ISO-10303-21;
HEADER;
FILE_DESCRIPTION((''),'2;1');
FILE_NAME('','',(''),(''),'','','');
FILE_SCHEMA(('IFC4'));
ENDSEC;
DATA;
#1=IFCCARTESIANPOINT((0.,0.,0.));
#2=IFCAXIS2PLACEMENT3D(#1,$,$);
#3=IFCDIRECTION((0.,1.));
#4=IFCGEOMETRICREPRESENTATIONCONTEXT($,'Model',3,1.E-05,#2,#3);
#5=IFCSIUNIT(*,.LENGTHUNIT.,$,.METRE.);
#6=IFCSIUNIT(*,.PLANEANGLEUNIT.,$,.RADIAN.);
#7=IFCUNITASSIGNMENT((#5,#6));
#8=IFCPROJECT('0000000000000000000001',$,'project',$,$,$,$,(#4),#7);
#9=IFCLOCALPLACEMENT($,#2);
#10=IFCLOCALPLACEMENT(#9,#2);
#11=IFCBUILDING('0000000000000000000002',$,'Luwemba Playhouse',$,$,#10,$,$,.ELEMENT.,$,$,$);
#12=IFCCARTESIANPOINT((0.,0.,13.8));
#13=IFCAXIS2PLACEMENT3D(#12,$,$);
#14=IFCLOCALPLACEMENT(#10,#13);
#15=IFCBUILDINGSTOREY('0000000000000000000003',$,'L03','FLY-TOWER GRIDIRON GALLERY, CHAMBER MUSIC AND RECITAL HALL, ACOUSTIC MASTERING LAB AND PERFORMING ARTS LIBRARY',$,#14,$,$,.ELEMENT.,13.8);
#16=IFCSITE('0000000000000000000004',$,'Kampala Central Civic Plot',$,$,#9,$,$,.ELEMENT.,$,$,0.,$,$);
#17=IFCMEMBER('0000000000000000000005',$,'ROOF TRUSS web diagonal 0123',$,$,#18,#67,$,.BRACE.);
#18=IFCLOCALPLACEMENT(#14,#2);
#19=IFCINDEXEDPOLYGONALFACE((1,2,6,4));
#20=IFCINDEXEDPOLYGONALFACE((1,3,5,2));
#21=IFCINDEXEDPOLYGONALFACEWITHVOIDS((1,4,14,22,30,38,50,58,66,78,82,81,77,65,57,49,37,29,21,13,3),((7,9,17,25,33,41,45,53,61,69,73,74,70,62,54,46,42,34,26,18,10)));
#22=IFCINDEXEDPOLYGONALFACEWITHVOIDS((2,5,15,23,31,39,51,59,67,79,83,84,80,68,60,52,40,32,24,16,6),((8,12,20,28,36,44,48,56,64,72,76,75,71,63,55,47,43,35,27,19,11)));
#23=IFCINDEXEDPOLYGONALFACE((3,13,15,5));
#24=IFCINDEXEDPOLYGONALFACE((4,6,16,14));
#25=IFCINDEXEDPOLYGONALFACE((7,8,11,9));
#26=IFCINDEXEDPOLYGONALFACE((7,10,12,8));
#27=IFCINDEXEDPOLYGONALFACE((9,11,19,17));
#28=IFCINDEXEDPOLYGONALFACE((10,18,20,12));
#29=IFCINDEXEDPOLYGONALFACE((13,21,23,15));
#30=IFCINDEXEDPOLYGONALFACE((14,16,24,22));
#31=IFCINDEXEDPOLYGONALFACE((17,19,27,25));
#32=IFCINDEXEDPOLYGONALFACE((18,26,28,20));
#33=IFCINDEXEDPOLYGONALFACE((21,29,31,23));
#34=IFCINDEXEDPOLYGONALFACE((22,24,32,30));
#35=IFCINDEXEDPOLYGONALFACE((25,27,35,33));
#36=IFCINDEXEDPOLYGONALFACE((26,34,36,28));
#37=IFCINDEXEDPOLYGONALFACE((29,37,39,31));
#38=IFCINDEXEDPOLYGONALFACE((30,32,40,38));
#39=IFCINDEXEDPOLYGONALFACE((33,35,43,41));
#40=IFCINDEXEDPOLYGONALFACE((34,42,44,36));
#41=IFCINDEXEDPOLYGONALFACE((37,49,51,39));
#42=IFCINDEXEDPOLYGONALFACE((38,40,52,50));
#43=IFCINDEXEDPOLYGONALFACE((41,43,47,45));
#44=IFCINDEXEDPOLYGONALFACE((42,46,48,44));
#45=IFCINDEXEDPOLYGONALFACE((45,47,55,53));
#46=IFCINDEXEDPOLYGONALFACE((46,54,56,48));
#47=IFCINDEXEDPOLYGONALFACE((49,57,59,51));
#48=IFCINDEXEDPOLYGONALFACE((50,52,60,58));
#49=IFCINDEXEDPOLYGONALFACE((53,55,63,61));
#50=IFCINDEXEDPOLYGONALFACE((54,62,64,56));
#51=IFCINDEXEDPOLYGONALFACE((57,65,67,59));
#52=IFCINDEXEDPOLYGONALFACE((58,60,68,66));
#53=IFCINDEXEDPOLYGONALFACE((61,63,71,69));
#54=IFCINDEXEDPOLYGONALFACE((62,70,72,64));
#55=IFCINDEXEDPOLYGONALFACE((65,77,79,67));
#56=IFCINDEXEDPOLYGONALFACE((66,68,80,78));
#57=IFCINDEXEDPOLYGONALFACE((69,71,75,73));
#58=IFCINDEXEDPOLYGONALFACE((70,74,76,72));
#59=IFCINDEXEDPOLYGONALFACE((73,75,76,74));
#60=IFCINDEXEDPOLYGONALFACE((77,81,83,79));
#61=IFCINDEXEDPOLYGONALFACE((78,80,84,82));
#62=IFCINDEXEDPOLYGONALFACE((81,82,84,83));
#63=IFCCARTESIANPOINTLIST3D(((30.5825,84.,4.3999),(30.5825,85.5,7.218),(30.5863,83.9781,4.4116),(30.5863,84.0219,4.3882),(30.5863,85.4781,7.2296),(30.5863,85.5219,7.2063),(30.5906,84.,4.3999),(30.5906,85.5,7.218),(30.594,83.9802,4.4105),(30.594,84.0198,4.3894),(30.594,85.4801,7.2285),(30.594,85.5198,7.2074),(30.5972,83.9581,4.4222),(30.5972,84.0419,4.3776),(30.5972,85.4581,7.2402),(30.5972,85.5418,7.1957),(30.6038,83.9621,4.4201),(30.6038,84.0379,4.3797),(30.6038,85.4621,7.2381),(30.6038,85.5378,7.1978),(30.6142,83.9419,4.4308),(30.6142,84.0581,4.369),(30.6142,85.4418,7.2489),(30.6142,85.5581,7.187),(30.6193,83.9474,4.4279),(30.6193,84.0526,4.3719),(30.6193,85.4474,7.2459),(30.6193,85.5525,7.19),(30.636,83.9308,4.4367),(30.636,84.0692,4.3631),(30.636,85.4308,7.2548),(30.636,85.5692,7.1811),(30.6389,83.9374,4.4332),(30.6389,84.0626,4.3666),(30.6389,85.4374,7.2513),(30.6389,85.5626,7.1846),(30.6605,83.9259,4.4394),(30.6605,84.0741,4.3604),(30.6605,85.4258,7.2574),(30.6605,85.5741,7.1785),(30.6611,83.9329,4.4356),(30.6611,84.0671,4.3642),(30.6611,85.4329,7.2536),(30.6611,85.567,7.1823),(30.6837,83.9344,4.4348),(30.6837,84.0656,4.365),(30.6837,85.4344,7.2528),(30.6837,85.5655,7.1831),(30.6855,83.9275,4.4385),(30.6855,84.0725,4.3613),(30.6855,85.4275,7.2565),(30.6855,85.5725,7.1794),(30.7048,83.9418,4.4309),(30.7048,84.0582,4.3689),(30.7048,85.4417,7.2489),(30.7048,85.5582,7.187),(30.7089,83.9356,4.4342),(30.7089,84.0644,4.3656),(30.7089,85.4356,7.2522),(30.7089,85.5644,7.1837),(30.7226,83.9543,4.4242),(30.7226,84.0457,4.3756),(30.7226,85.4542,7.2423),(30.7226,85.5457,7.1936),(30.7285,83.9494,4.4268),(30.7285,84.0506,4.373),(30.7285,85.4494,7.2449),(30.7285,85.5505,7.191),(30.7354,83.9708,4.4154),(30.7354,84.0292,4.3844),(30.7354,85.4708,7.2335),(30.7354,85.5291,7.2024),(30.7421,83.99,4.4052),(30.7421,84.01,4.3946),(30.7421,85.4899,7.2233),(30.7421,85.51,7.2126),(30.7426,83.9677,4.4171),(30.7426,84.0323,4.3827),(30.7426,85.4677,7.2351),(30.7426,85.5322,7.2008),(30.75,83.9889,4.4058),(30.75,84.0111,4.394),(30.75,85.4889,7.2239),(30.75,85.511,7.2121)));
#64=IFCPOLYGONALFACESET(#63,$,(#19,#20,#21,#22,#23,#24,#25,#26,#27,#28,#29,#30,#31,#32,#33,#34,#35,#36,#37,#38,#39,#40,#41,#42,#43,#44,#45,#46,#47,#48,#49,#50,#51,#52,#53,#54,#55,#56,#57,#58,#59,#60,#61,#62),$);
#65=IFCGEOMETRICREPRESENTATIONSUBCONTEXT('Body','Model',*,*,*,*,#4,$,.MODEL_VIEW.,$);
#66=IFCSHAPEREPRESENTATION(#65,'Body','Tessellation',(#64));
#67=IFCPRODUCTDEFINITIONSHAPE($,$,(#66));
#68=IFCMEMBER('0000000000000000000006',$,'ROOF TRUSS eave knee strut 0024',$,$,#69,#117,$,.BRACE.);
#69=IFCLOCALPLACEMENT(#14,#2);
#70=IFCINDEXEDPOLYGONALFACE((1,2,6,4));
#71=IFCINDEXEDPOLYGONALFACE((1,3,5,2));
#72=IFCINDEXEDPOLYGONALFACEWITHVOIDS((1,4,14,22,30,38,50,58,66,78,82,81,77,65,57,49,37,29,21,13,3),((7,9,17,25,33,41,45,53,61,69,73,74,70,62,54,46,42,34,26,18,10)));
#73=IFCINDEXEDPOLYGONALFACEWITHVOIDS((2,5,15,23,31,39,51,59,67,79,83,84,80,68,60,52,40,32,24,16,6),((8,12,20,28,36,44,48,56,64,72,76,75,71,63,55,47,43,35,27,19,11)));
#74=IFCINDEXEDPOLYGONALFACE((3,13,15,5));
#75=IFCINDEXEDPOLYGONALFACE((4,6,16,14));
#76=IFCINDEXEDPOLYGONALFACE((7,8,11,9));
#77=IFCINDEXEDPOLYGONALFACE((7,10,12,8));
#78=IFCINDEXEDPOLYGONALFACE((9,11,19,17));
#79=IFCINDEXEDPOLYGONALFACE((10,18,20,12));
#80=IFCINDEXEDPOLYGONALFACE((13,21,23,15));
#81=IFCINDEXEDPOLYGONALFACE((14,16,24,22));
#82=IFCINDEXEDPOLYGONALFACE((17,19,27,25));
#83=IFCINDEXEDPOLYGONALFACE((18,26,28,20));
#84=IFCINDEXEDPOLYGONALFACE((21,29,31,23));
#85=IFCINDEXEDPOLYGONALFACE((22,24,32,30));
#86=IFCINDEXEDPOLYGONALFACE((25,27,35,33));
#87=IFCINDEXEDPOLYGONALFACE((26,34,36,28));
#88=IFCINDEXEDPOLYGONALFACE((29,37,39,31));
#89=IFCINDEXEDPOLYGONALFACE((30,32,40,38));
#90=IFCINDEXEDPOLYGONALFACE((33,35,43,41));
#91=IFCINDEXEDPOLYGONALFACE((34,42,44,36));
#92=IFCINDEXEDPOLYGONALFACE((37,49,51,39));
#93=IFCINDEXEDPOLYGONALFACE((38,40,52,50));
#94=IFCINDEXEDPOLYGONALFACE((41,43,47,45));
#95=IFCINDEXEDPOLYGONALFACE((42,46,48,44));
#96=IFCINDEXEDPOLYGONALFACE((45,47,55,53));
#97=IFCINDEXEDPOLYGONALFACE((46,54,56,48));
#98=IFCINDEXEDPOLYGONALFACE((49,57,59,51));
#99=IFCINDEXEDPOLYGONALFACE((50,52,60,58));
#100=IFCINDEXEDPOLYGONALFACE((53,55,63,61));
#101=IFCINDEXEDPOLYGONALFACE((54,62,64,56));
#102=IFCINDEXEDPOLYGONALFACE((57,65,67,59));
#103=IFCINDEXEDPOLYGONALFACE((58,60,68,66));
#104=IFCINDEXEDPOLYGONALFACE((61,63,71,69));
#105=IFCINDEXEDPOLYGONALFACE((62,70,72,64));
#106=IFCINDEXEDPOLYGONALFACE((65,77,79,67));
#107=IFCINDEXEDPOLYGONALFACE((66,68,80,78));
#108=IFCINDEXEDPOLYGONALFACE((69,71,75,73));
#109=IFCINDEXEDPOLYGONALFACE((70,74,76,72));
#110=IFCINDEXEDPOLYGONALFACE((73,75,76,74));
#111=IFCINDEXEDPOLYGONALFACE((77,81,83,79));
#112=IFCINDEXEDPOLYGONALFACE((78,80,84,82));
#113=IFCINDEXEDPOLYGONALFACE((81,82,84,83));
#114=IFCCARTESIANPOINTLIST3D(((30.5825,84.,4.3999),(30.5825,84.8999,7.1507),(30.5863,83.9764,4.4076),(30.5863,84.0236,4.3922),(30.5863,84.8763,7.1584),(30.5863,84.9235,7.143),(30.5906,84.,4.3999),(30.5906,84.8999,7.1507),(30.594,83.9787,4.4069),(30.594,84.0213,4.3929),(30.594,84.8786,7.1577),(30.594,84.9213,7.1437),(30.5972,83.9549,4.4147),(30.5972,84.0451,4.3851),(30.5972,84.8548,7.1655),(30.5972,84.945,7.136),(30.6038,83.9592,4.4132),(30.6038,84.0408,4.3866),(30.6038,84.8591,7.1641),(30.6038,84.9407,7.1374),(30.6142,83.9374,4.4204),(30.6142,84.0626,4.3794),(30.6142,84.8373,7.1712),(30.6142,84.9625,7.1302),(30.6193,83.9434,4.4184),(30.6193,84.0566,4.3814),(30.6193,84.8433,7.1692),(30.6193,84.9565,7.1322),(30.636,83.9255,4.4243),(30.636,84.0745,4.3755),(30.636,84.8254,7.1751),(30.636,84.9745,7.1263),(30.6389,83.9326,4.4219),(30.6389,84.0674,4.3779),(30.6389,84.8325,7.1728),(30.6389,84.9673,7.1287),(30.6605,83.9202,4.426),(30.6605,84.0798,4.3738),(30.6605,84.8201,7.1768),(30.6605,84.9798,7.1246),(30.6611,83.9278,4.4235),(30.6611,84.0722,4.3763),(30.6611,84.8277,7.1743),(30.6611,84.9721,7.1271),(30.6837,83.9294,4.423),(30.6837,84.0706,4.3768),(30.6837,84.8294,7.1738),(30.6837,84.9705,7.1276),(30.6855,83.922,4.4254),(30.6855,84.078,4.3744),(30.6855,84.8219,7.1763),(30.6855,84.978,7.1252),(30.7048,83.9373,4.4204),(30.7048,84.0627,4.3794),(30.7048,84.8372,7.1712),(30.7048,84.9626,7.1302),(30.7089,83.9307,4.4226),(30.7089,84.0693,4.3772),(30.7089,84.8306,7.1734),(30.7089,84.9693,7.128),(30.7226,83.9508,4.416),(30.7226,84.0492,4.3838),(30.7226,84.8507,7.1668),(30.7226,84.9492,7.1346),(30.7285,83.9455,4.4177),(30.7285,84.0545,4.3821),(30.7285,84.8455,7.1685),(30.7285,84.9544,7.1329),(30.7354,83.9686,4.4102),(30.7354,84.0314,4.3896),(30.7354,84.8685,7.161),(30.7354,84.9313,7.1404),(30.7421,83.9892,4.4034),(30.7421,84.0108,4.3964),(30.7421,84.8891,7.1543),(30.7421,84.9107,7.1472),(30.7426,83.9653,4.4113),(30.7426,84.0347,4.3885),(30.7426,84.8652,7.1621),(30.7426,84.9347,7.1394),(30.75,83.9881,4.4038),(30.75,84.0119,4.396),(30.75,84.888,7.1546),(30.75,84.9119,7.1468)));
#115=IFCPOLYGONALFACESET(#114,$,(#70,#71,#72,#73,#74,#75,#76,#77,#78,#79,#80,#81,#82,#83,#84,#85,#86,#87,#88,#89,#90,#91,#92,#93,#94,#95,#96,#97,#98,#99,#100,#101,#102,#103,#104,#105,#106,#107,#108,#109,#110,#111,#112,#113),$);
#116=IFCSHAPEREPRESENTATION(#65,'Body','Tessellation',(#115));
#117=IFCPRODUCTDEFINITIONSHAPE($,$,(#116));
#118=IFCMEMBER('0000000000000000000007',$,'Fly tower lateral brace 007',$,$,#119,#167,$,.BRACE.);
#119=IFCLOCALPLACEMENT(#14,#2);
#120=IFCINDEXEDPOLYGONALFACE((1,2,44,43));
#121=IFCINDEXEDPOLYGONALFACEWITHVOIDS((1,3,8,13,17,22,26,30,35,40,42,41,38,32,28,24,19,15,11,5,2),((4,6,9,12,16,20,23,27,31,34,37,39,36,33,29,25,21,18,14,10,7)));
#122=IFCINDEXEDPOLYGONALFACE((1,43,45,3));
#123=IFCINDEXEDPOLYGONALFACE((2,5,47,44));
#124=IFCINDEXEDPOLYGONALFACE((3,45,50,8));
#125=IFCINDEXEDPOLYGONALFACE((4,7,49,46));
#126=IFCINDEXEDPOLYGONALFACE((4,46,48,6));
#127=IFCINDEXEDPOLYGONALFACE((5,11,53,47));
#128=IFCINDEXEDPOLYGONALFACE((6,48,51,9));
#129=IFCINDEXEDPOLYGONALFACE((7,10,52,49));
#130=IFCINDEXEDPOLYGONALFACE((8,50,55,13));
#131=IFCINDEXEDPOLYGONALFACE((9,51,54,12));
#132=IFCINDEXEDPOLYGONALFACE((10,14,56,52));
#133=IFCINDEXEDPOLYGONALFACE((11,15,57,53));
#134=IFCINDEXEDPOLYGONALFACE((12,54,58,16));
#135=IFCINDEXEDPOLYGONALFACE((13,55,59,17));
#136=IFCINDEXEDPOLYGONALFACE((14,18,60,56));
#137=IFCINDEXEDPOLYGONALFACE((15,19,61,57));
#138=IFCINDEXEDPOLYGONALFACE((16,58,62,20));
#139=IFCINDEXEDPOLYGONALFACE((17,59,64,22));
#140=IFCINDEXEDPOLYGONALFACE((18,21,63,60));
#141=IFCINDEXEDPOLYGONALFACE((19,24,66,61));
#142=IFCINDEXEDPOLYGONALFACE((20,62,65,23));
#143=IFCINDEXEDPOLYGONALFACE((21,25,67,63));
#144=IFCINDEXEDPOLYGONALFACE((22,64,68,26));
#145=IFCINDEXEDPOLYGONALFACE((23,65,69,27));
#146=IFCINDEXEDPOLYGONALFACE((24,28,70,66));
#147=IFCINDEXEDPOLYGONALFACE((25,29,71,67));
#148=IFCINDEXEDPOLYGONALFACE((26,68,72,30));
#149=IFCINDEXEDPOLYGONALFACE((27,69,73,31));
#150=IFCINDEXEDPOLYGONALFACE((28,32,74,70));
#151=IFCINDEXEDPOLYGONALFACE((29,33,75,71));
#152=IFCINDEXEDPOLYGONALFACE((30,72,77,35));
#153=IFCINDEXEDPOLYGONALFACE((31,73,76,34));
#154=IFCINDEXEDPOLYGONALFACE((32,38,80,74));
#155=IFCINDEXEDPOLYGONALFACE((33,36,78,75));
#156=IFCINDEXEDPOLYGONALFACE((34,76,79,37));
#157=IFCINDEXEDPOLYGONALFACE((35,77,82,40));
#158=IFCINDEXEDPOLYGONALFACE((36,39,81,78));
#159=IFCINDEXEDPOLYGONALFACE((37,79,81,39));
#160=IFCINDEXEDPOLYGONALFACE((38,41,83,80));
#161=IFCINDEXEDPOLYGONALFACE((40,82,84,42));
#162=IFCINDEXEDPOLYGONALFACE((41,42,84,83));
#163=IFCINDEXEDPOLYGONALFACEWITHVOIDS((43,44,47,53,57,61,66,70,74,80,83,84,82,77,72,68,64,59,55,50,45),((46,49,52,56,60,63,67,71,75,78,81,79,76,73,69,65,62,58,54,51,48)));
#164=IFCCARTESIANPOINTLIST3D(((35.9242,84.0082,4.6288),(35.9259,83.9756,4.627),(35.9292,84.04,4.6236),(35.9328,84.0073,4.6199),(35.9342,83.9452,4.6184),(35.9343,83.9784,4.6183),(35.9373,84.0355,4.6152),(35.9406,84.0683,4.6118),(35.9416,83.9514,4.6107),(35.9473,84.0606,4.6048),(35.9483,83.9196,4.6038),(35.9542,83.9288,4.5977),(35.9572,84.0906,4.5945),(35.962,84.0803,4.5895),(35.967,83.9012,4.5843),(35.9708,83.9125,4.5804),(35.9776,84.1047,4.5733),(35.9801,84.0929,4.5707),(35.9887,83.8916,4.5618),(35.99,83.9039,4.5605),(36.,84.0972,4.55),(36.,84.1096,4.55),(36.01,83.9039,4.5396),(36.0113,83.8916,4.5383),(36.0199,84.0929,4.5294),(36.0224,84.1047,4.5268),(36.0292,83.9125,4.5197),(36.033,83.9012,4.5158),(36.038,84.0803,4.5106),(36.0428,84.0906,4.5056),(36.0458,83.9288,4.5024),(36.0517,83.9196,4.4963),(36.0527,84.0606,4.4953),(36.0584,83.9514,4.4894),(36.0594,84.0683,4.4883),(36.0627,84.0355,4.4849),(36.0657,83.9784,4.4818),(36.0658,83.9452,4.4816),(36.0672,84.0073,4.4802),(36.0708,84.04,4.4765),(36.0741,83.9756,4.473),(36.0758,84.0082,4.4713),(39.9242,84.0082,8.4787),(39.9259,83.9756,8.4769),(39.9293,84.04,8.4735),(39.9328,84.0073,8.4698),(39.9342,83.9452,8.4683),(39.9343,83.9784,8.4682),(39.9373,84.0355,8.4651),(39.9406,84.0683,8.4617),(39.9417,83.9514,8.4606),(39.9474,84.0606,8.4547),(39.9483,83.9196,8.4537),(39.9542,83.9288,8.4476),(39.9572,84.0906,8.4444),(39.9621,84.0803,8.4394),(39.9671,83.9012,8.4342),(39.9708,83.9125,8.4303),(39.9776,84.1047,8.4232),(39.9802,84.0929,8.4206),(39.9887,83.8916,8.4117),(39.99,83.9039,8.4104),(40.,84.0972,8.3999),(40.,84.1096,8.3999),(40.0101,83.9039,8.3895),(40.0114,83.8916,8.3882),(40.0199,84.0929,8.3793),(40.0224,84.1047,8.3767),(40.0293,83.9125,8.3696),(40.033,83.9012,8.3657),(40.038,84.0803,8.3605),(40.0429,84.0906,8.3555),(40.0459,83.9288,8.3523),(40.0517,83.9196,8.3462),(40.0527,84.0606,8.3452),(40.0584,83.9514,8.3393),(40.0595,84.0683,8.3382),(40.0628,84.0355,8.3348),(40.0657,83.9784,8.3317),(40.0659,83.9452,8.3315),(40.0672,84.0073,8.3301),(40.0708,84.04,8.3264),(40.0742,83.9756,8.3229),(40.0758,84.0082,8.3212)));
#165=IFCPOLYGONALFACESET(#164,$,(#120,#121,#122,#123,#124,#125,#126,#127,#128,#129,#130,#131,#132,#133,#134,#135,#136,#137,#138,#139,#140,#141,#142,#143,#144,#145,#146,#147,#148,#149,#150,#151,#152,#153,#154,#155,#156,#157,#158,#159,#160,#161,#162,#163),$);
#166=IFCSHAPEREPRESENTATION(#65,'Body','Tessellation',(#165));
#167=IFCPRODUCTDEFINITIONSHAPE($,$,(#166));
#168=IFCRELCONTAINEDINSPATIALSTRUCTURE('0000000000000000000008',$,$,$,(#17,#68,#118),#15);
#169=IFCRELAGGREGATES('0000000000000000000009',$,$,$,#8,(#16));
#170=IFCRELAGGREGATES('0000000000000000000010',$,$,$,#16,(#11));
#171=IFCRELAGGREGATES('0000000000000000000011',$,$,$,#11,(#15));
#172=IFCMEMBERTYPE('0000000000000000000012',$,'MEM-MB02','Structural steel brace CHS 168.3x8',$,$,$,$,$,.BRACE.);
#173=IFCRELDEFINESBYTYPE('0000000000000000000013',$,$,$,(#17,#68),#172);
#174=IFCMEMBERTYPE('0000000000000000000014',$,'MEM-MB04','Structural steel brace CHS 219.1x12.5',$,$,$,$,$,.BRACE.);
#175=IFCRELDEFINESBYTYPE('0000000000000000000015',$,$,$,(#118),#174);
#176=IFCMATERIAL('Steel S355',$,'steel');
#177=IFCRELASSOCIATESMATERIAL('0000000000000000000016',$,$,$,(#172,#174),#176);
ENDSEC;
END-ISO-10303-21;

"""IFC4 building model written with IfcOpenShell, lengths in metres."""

from ifc_helpers import new_model, si_unit, direction, frame, origin, origin_2d, place, context, subcontext, project, spatial, hollow_circle, extrude, material, material_profile, profile_set, type_object, element, save


model = new_model("IFC4")

# Units and contexts
model_context = context("Model", 3, precision=1e-05, world=origin(), true_north=direction((0.0, 1.0)))
body_context = subcontext(model_context, "Body", "Model", "MODEL_VIEW")
ifc_project = project(units=[si_unit("LENGTHUNIT", "METRE"), si_unit("PLANEANGLEUNIT", "RADIAN")], contexts=[model_context])

# Site, building, storey
site_placement = place(None, origin())
site = spatial("IfcSite", under=ifc_project, at=site_placement, Name="Kampala Central Civic Plot", CompositionType="ELEMENT", RefElevation=0.0)
building_placement = place(site_placement, origin())
building = spatial("IfcBuilding", under=site, at=building_placement, Name="Luwemba Playhouse", CompositionType="ELEMENT")
storey_placement = place(building_placement, frame((0.0, 0.0, 13.8)))
storey = spatial("IfcBuildingStorey", under=building, at=storey_placement, Name="L03", Description="FLY-TOWER GRIDIRON GALLERY, CHAMBER MUSIC AND RECITAL HALL, ACOUSTIC MASTERING LAB AND PERFORMING ARTS LIBRARY", CompositionType="ELEMENT", Elevation=13.8)

# Shared definitions
ifc_material_1 = material(Name="Steel S355", Category="steel")

# Members
ifc_material_profile_1 = material_profile(ifc_material_1, hollow_circle(Radius=0.0842, WallThickness=0.0081, at=origin_2d()))
ifc_profile_set_1 = profile_set([ifc_material_profile_1], Name="Steel S355")
member_type_1 = type_object("IfcMemberType", Name="MEM-MB02", Description="Structural steel brace CHS 168.3x8", PredefinedType="BRACE", material=ifc_profile_set_1)
member_1_placement = place(storey_placement, frame((30.6667, 84.0, 4.3999), z_axis=(0.0, 0.469858, 0.882742), x_axis=(-1.0, 0.0, 0.0)))
element("IfcMember", 1, at=member_1_placement, inside=storey, type_object=member_type_1, Name="ROOF TRUSS web diagonal 0123", PredefinedType="BRACE", context=body_context, shape_type="SweptSolid", body=[
    extrude(hollow_circle(Radius=0.0842, WallThickness=0.0081, at=origin_2d()), origin(), (0.0, 0.0, 1.0), 3.1924),
])
member_2_placement = place(storey_placement, frame((30.6667, 84.0, 4.3999), z_axis=(0.0, 0.310934, 0.950432), x_axis=(-1.0, 0.0, 0.0)))
element("IfcMember", 2, at=member_2_placement, inside=storey, type_object=member_type_1, Name="ROOF TRUSS eave knee strut 0024", PredefinedType="BRACE", context=body_context, shape_type="SweptSolid", body=[
    extrude(hollow_circle(Radius=0.0842, WallThickness=0.0081, at=origin_2d()), origin(), (0.0, 0.0, 1.0), 2.8943),
])
ifc_material_profile_2 = material_profile(ifc_material_1, hollow_circle(Radius=0.1096, WallThickness=0.0125, at=origin_2d()))
ifc_profile_set_2 = profile_set([ifc_material_profile_2], Name="Steel S355")
member_type_2 = type_object("IfcMemberType", Name="MEM-MB04", Description="Structural steel brace CHS 219.1x12.5", PredefinedType="BRACE", material=ifc_profile_set_2)
member_3_placement = place(storey_placement, frame((36.0, 84.0, 4.55), z_axis=(0.7205, 0.0, 0.693455), x_axis=(0.0, 1.0, 0.0)))
element("IfcMember", 3, at=member_3_placement, inside=storey, type_object=member_type_2, Name="Fly tower lateral brace 007", PredefinedType="BRACE", context=body_context, shape_type="SweptSolid", body=[
    extrude(hollow_circle(Radius=0.1096, WallThickness=0.0125, at=origin_2d()), origin(), (0.0, 0.0, 1.0), 5.5518),
])

save(model, "model.ifc")
